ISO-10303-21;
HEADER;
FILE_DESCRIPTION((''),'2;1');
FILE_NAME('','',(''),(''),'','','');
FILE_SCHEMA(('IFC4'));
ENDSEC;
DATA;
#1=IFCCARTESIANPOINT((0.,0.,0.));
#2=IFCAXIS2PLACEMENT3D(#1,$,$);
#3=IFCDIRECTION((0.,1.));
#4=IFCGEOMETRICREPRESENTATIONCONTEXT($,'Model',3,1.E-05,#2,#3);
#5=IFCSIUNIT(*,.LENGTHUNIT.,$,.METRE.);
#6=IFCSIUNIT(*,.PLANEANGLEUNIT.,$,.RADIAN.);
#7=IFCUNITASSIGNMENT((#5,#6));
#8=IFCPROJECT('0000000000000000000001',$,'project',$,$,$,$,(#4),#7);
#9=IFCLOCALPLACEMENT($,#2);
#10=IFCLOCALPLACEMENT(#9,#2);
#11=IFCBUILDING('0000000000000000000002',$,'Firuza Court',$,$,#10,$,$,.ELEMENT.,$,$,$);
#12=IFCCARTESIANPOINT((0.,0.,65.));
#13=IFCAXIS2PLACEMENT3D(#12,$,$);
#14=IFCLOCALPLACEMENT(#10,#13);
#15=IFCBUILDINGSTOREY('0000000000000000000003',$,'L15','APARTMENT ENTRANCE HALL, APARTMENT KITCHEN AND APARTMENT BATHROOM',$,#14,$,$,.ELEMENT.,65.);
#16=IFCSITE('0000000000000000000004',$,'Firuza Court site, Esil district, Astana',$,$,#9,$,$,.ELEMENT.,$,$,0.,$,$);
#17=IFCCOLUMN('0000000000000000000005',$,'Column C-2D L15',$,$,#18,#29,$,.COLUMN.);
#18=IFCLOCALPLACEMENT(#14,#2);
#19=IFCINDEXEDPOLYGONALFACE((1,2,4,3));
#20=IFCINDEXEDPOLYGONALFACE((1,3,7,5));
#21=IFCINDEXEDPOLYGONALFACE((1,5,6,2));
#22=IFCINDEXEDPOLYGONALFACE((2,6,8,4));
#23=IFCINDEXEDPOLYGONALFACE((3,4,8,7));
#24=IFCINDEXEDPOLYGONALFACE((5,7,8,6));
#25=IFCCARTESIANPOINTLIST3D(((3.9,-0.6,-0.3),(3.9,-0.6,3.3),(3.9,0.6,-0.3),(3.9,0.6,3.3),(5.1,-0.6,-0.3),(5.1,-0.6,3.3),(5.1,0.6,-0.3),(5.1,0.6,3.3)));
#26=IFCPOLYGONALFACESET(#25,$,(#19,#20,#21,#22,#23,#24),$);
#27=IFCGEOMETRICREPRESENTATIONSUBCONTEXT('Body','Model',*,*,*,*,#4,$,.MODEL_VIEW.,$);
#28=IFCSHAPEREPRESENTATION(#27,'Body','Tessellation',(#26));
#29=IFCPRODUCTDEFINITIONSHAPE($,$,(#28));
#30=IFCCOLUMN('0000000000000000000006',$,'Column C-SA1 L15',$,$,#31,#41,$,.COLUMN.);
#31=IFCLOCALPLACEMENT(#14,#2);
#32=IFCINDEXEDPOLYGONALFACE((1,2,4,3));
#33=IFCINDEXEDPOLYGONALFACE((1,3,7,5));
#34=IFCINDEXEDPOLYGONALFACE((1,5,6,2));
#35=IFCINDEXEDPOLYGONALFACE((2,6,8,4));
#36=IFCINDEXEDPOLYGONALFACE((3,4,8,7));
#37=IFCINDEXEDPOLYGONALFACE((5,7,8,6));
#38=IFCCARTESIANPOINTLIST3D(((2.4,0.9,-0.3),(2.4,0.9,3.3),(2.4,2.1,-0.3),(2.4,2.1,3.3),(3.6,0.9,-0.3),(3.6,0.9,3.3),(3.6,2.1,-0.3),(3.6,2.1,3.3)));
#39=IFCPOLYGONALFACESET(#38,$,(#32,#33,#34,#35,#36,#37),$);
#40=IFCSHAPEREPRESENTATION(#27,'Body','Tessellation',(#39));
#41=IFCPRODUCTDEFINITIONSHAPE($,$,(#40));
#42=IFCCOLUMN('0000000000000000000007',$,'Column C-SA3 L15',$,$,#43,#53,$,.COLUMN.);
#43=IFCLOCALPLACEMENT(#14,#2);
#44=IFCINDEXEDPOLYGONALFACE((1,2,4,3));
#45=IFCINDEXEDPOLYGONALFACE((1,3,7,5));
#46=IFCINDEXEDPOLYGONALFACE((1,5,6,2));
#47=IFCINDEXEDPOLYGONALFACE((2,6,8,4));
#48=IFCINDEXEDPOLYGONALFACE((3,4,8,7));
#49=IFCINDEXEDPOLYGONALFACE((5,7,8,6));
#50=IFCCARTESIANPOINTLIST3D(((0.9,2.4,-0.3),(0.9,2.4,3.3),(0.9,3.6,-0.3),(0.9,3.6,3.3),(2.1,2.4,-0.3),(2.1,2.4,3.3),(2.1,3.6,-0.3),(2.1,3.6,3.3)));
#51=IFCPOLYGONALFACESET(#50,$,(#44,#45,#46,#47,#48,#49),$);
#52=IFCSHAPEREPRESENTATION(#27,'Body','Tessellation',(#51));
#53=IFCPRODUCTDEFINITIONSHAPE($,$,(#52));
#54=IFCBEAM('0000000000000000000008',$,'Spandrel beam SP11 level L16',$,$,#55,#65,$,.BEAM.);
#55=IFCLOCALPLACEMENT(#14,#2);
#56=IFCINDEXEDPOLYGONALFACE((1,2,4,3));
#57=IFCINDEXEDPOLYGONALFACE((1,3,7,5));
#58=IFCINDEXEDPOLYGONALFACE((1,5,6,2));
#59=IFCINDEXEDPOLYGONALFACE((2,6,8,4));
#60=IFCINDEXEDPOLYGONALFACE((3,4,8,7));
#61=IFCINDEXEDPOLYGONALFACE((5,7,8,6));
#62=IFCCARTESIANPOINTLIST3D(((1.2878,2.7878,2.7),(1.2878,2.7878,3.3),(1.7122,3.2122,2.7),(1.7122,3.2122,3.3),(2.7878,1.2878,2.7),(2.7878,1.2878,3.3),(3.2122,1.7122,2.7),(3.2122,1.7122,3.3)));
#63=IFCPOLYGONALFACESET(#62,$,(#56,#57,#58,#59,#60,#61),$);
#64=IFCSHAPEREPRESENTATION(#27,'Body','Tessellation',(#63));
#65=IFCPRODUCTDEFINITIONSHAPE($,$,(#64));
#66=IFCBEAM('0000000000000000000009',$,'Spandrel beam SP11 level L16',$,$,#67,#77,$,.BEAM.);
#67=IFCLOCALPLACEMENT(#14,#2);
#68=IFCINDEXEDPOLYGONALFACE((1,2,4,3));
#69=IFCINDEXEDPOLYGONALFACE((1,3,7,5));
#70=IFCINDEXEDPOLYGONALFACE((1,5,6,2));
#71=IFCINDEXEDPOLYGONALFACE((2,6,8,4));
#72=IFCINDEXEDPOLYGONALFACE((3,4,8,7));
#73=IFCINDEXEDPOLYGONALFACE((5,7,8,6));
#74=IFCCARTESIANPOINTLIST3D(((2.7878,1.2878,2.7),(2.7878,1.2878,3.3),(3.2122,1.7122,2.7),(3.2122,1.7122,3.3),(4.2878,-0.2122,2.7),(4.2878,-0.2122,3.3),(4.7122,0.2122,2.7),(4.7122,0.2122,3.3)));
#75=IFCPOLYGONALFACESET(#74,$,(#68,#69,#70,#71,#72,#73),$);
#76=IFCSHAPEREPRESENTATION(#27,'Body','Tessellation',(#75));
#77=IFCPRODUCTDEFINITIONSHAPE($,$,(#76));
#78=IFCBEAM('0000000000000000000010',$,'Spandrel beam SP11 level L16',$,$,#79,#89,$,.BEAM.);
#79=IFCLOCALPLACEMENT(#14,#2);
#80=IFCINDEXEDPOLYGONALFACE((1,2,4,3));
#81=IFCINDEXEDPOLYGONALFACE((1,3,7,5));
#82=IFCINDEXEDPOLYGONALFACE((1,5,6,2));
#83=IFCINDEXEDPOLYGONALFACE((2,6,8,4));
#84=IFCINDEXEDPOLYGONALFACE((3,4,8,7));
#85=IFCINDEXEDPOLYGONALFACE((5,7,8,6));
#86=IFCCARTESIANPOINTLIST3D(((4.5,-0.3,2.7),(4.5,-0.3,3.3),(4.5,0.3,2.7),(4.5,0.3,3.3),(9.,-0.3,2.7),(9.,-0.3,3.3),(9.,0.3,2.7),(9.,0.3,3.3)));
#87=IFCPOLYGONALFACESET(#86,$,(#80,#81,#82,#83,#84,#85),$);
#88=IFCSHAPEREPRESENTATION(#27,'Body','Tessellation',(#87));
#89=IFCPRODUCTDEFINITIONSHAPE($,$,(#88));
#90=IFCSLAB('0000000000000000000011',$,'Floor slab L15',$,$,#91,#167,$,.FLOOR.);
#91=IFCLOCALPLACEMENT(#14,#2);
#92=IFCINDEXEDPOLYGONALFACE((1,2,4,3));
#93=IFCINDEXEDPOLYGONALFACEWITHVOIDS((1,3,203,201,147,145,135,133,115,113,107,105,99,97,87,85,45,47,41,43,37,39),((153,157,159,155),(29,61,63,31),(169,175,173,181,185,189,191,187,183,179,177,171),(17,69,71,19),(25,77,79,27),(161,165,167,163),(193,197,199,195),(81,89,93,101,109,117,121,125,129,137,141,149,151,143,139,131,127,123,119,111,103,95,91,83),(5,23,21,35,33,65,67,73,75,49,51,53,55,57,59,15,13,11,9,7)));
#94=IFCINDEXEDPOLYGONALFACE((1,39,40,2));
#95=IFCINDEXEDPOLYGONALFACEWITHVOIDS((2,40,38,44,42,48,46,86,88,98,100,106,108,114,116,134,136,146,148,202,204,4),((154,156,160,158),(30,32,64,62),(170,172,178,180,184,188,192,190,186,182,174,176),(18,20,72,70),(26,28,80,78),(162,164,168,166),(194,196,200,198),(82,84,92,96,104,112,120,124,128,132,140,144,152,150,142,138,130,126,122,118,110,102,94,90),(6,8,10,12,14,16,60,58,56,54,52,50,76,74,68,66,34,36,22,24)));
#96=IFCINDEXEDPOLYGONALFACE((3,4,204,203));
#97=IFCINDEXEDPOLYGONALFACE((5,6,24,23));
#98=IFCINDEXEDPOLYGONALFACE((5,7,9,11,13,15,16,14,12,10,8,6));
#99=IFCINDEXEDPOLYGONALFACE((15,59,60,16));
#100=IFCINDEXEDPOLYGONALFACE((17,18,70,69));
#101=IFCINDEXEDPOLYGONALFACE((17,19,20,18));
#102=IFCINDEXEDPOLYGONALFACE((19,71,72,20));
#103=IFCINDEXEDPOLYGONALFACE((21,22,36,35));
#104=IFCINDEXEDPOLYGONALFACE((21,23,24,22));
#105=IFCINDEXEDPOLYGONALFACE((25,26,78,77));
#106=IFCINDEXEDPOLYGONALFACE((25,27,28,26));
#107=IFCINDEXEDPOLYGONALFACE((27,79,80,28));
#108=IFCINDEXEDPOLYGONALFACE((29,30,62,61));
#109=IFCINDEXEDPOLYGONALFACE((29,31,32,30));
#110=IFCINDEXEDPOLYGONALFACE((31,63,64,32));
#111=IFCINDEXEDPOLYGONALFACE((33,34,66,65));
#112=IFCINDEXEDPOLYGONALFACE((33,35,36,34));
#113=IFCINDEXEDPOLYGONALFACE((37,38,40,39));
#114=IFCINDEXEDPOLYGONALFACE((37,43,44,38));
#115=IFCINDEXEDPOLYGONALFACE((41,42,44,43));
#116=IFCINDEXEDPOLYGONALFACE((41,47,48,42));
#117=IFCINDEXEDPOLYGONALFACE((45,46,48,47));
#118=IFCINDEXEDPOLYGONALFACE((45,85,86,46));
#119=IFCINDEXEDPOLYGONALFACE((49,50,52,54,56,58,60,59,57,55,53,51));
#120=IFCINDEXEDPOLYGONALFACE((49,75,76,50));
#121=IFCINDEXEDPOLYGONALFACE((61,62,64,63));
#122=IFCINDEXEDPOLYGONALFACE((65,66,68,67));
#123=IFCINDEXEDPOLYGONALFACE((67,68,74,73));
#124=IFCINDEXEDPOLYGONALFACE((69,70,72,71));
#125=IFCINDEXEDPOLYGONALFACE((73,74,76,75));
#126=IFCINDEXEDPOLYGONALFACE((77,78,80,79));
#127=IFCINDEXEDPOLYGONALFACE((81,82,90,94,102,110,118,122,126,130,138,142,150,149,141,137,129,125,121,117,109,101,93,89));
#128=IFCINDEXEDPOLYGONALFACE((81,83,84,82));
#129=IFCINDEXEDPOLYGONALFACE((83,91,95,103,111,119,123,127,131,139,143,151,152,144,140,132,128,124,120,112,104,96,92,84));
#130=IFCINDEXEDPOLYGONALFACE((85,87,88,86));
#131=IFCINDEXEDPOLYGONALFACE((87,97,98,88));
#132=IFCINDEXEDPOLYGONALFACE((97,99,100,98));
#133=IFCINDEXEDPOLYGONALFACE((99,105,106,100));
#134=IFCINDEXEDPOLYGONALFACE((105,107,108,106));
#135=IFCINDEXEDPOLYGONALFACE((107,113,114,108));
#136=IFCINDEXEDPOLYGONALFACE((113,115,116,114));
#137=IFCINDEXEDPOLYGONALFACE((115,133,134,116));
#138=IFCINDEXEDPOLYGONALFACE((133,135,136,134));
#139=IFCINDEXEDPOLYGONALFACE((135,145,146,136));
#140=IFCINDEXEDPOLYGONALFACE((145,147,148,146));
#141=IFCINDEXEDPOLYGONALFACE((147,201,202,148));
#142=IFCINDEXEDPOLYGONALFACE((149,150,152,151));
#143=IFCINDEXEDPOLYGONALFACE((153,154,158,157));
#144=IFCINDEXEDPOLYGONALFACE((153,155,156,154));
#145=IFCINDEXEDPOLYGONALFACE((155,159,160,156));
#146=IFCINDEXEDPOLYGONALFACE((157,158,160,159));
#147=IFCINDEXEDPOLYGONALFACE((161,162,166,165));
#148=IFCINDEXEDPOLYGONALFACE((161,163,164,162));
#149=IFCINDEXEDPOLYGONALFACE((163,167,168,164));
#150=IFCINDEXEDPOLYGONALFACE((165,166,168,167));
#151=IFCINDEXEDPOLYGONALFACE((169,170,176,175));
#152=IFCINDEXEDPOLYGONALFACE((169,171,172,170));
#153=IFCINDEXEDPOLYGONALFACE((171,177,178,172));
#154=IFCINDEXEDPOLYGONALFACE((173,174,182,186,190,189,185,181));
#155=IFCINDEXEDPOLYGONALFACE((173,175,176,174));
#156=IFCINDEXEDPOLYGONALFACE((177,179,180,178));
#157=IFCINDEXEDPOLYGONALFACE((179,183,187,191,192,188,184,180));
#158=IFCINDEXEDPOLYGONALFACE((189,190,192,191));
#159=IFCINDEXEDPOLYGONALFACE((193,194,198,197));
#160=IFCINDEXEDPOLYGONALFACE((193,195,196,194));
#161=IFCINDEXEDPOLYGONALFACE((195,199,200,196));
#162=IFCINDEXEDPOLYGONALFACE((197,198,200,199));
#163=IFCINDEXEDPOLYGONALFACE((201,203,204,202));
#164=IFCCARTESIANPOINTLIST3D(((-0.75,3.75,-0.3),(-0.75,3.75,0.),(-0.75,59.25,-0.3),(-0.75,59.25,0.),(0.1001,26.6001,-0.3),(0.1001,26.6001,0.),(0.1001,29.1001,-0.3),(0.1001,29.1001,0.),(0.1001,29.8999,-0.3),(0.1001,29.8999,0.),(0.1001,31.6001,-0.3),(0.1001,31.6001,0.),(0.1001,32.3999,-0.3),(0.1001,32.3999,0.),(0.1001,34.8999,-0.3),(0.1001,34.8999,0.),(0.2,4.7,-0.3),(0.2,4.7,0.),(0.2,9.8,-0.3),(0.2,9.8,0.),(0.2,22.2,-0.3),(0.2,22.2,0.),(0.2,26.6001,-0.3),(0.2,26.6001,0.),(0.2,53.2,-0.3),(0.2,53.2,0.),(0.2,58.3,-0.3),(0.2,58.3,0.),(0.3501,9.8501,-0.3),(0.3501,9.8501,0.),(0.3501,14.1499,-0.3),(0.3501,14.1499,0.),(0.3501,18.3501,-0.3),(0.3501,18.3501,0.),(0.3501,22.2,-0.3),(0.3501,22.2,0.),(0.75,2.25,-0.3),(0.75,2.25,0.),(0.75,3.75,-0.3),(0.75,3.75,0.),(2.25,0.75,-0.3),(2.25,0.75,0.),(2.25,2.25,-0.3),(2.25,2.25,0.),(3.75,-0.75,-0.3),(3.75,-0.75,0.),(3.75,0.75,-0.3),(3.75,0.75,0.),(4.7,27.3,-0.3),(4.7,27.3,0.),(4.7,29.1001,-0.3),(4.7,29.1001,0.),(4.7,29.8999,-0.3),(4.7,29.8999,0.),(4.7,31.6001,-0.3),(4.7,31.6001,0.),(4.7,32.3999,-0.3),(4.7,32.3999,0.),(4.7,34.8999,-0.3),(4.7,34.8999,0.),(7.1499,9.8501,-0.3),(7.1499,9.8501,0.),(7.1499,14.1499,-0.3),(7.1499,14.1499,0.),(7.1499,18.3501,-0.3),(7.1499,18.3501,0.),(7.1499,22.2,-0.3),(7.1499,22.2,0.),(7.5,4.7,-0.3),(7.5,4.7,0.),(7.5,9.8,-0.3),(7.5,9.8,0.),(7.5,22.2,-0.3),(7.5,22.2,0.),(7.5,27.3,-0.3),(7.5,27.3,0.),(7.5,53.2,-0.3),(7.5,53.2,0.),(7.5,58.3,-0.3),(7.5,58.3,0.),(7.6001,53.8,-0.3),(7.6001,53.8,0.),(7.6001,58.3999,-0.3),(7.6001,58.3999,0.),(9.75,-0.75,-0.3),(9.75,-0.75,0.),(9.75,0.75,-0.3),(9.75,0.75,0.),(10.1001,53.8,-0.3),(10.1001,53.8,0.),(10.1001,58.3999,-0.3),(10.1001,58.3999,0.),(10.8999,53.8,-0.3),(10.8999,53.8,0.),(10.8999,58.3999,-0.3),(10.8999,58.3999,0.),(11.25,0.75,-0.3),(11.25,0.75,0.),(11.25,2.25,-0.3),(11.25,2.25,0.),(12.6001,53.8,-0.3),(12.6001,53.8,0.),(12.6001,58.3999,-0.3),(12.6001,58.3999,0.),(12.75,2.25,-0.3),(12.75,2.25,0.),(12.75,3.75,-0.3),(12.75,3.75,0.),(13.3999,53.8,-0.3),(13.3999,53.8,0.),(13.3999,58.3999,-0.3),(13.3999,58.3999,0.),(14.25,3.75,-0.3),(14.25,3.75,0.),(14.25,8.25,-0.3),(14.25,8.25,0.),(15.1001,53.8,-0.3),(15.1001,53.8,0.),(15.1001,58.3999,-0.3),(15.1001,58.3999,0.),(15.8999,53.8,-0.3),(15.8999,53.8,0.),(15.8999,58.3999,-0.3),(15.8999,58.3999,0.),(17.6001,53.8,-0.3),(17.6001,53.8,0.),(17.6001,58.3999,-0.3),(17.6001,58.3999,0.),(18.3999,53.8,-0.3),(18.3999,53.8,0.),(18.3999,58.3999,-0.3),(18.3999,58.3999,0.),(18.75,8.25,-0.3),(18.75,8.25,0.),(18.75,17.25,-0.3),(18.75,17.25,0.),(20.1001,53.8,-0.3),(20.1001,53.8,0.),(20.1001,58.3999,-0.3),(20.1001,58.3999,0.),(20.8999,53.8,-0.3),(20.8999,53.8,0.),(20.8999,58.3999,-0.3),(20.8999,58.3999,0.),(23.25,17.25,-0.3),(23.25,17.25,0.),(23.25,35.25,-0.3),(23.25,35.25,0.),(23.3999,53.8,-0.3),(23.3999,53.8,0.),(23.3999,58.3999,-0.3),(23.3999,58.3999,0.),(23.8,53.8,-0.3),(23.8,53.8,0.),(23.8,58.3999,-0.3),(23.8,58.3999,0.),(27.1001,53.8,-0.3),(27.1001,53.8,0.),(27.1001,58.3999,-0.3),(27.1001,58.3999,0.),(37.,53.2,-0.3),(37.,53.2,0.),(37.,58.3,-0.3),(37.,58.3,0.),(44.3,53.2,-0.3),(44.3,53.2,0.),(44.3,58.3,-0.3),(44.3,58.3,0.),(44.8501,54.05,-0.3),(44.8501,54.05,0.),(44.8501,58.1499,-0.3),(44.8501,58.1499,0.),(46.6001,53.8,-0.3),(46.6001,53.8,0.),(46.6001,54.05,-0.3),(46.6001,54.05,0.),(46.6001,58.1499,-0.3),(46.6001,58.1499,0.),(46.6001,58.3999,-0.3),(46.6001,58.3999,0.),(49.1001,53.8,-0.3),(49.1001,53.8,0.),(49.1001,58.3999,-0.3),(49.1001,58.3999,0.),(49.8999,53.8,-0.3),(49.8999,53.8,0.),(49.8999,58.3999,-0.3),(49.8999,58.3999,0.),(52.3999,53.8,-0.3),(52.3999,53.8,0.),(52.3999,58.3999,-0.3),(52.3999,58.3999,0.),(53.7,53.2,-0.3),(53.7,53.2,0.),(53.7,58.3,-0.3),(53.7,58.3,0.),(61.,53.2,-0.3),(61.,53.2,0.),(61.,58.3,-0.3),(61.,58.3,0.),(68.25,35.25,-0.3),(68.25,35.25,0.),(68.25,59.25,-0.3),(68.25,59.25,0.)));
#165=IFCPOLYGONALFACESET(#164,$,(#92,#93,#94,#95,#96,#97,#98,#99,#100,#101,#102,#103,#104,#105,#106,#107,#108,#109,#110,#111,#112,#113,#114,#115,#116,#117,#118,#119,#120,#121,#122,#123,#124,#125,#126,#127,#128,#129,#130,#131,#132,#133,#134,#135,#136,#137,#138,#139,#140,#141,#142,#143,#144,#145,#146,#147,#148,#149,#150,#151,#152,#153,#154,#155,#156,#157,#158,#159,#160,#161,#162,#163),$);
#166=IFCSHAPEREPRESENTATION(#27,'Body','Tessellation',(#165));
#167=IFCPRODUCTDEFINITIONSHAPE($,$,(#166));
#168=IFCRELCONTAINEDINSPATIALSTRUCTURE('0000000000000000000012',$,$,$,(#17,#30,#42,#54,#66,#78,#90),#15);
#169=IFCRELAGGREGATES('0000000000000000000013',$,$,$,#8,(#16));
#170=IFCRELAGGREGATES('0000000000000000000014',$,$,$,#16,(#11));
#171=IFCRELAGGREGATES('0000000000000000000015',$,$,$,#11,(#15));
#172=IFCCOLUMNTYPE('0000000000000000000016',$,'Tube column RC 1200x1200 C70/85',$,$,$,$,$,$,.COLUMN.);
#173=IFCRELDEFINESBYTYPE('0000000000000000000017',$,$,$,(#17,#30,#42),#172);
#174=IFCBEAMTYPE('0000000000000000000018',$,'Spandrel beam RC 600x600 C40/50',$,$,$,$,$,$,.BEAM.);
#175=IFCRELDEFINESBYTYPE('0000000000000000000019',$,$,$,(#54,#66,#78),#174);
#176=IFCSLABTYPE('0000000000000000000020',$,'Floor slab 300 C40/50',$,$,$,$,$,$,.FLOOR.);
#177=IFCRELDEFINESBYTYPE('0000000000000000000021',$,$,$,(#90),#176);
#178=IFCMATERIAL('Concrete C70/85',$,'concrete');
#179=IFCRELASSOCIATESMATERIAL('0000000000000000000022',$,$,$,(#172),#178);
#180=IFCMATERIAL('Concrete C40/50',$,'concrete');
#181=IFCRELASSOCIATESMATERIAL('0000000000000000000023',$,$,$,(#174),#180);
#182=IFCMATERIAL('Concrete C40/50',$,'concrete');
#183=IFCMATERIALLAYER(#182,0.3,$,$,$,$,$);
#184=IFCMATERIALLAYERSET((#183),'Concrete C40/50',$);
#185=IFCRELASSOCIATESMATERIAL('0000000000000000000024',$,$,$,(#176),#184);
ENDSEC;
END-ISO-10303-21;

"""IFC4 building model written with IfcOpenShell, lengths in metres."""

from ifc_helpers import new_model, si_unit, direction, frame, origin, origin_2d, place, context, subcontext, project, spatial, polyline, rectangle, outline, extrude, material, layer, layer_set, material_profile, profile_set, type_object, element, save


model = new_model("IFC4")

# Units and contexts
model_context = context("Model", 3, precision=1e-05, world=origin(), true_north=direction((0.0, 1.0)))
body_context = subcontext(model_context, "Body", "Model", "MODEL_VIEW")
ifc_project = project(units=[si_unit("LENGTHUNIT", "METRE"), si_unit("PLANEANGLEUNIT", "RADIAN")], contexts=[model_context])

# Site, building, storey
site_placement = place(None, origin())
site = spatial("IfcSite", under=ifc_project, at=site_placement, Name="Firuza Court site, Esil district, Astana", CompositionType="ELEMENT", RefElevation=0.0)
building_placement = place(site_placement, origin())
building = spatial("IfcBuilding", under=site, at=building_placement, Name="Firuza Court", CompositionType="ELEMENT")
storey_placement = place(building_placement, frame((0.0, 0.0, 65.0)))
storey = spatial("IfcBuildingStorey", under=building, at=storey_placement, Name="L15", Description="APARTMENT ENTRANCE HALL, APARTMENT KITCHEN AND APARTMENT BATHROOM", CompositionType="ELEMENT", Elevation=65.0)

# Columns
ifc_material_1 = material(Name="Concrete C70/85", Category="concrete")
ifc_material_profile_1 = material_profile(ifc_material_1, rectangle(XDim=1.2, YDim=1.2, at=origin_2d()), Name="RC 1200x1200")
ifc_profile_set_1 = profile_set([ifc_material_profile_1], Name="Concrete C70/85")
column_type = type_object("IfcColumnType", Name="Tube column RC 1200x1200 C70/85", PredefinedType="COLUMN", material=ifc_profile_set_1)
for number, where, z_axis, x_axis, name in (
    (1, (4.5, 0.0, -0.3), (0.0, 0.0, 1.0), (1.0, 0.0, 0.0), "Column C-2D L15"),
    (2, (3.0, 1.5, -0.3), (0.0, 0.0, 1.0), (1.0, 0.0, 0.0), "Column C-SA1 L15"),
    (3, (1.5, 3.0, -0.3), (0.0, 0.0, 1.0), (1.0, 0.0, 0.0), "Column C-SA3 L15"),
):
    element("IfcColumn", number, at=place(storey_placement, frame(where, z_axis=z_axis, x_axis=x_axis)), inside=storey, type_object=column_type, Name=name, PredefinedType="COLUMN", context=body_context, shape_type="SweptSolid", body=[
        extrude(rectangle(XDim=1.2, YDim=1.2, at=origin_2d()), origin(), (0.0, 0.0, 1.0), 3.6001),
    ])

# Beams
ifc_material_2 = material(Name="Concrete C40/50", Category="concrete")
ifc_material_profile_2 = material_profile(ifc_material_2, rectangle(XDim=0.6001, YDim=0.6001, at=origin_2d()), Name="RC 600x600")
ifc_profile_set_2 = profile_set([ifc_material_profile_2], Name="Concrete C40/50")
beam_type = type_object("IfcBeamType", Name="Spandrel beam RC 600x600 C40/50", PredefinedType="BEAM", material=ifc_profile_set_2)
for number, where, z_axis, x_axis, name in (
    (4, (1.5, 3.0, 3.0), (0.707107, -0.707107, 0.0), (0.707107, 0.707107, 0.0), "Spandrel beam SP11 level L16"),
    (5, (3.0, 1.5, 3.0), (0.707107, -0.707107, 0.0), (0.707107, 0.707107, 0.0), "Spandrel beam SP11 level L16"),
):
    element("IfcBeam", number, at=place(storey_placement, frame(where, z_axis=z_axis, x_axis=x_axis)), inside=storey, type_object=beam_type, Name=name, PredefinedType="BEAM", context=body_context, shape_type="SweptSolid", body=[
        extrude(rectangle(XDim=0.6001, YDim=0.6001, at=origin_2d()), origin(), (0.0, 0.0, 1.0), 2.1213),
    ])
beam_placement = place(storey_placement, frame((4.5, 0.0, 3.0), z_axis=(1.0, 0.0, 0.0), x_axis=(0.0, 1.0, 0.0)))
element("IfcBeam", 6, at=beam_placement, inside=storey, type_object=beam_type, Name="Spandrel beam SP11 level L16", PredefinedType="BEAM", context=body_context, shape_type="SweptSolid", body=[
    extrude(rectangle(XDim=0.6001, YDim=0.6001, at=origin_2d()), origin(), (0.0, 0.0, 1.0), 4.5),
])

# Slab
ifc_material_3 = material(Name="Concrete C40/50", Category="concrete")
ifc_layer_1 = layer(ifc_material_3, 0.3)
ifc_layer_set_1 = layer_set([ifc_layer_1], Name="Concrete C40/50")
slab_type_1 = type_object("IfcSlabType", Name="Floor slab 300 C40/50", PredefinedType="FLOOR", material=ifc_layer_set_1)
slab_1_placement = place(storey_placement, frame((0.0, 0.0, -0.3)))
element("IfcSlab", 7, at=slab_1_placement, inside=storey, type_object=slab_type_1, Name="Floor slab L15", PredefinedType="FLOOR", context=body_context, shape_type="SweptSolid", body=[
    extrude(outline(polyline([(3.75, -0.75), (3.75, 0.75), (2.25, 0.75), (2.25, 2.25), (0.75, 2.25), (0.75, 3.75), (-0.75, 3.75), (-0.75, 59.25), (68.25, 59.25), (68.25, 35.25), (23.25, 35.25), (23.25, 17.25), (18.75, 17.25), (18.75, 8.25), (14.25, 8.25), (14.25, 3.75), (12.75, 3.75), (12.75, 2.25), (11.25, 2.25), (11.25, 0.75), (9.75, 0.75), (9.75, -0.75), (3.75, -0.75)]), holes=[polyline([(7.5, 9.8), (0.2, 9.8), (0.2, 4.7), (7.5, 4.7), (7.5, 9.8)]), polyline([(7.1499, 14.1499), (0.3501, 14.1499), (0.3501, 9.8501), (7.1499, 9.8501), (7.1499, 14.1499)]), polyline([(0.2, 22.2), (0.3501, 22.2), (0.3501, 18.3501), (7.1499, 18.3501), (7.1499, 22.2), (7.5, 22.2), (7.5, 27.3), (4.7, 27.3), (4.7, 29.1001), (4.7, 29.8999), (4.7, 31.6001), (4.7, 32.3999), (4.7, 34.8999), (0.1001, 34.8999), (0.1001, 32.3999), (0.1001, 31.6001), (0.1001, 29.8999), (0.1001, 29.1001), (0.1001, 26.6001), (0.2, 26.6001), (0.2, 22.2)]), polyline([(7.5, 58.3), (0.2, 58.3), (0.2, 53.2), (7.5, 53.2), (7.5, 58.3)]), polyline([(10.1001, 58.3999), (7.6001, 58.3999), (7.6001, 53.8), (10.1001, 53.8), (10.8999, 53.8), (12.6001, 53.8), (13.3999, 53.8), (15.1001, 53.8), (15.8999, 53.8), (17.6001, 53.8), (18.3999, 53.8), (20.1001, 53.8), (20.8999, 53.8), (23.3999, 53.8), (23.3999, 58.3999), (20.8999, 58.3999), (20.1001, 58.3999), (18.3999, 58.3999), (17.6001, 58.3999), (15.8999, 58.3999), (15.1001, 58.3999), (13.3999, 58.3999), (12.6001, 58.3999), (10.8999, 58.3999), (10.1001, 58.3999)]), polyline([(44.3, 58.3), (37.0, 58.3), (37.0, 53.2), (44.3, 53.2), (44.3, 58.3)]), polyline([(61.0, 58.3), (53.7, 58.3), (53.7, 53.2), (61.0, 53.2), (61.0, 58.3)]), polyline([(27.1001, 58.3999), (23.8, 58.3999), (23.8, 53.8), (27.1001, 53.8), (27.1001, 58.3999)]), polyline([(46.6001, 58.1499), (44.8501, 58.1499), (44.8501, 54.05), (46.6001, 54.05), (46.6001, 53.8), (49.1001, 53.8), (49.8999, 53.8), (52.3999, 53.8), (52.3999, 58.3999), (49.8999, 58.3999), (49.1001, 58.3999), (46.6001, 58.3999), (46.6001, 58.1499)])]), origin(), (0.0, 0.0, 1.0), 0.3),
])

save(model, "model.ifc")
